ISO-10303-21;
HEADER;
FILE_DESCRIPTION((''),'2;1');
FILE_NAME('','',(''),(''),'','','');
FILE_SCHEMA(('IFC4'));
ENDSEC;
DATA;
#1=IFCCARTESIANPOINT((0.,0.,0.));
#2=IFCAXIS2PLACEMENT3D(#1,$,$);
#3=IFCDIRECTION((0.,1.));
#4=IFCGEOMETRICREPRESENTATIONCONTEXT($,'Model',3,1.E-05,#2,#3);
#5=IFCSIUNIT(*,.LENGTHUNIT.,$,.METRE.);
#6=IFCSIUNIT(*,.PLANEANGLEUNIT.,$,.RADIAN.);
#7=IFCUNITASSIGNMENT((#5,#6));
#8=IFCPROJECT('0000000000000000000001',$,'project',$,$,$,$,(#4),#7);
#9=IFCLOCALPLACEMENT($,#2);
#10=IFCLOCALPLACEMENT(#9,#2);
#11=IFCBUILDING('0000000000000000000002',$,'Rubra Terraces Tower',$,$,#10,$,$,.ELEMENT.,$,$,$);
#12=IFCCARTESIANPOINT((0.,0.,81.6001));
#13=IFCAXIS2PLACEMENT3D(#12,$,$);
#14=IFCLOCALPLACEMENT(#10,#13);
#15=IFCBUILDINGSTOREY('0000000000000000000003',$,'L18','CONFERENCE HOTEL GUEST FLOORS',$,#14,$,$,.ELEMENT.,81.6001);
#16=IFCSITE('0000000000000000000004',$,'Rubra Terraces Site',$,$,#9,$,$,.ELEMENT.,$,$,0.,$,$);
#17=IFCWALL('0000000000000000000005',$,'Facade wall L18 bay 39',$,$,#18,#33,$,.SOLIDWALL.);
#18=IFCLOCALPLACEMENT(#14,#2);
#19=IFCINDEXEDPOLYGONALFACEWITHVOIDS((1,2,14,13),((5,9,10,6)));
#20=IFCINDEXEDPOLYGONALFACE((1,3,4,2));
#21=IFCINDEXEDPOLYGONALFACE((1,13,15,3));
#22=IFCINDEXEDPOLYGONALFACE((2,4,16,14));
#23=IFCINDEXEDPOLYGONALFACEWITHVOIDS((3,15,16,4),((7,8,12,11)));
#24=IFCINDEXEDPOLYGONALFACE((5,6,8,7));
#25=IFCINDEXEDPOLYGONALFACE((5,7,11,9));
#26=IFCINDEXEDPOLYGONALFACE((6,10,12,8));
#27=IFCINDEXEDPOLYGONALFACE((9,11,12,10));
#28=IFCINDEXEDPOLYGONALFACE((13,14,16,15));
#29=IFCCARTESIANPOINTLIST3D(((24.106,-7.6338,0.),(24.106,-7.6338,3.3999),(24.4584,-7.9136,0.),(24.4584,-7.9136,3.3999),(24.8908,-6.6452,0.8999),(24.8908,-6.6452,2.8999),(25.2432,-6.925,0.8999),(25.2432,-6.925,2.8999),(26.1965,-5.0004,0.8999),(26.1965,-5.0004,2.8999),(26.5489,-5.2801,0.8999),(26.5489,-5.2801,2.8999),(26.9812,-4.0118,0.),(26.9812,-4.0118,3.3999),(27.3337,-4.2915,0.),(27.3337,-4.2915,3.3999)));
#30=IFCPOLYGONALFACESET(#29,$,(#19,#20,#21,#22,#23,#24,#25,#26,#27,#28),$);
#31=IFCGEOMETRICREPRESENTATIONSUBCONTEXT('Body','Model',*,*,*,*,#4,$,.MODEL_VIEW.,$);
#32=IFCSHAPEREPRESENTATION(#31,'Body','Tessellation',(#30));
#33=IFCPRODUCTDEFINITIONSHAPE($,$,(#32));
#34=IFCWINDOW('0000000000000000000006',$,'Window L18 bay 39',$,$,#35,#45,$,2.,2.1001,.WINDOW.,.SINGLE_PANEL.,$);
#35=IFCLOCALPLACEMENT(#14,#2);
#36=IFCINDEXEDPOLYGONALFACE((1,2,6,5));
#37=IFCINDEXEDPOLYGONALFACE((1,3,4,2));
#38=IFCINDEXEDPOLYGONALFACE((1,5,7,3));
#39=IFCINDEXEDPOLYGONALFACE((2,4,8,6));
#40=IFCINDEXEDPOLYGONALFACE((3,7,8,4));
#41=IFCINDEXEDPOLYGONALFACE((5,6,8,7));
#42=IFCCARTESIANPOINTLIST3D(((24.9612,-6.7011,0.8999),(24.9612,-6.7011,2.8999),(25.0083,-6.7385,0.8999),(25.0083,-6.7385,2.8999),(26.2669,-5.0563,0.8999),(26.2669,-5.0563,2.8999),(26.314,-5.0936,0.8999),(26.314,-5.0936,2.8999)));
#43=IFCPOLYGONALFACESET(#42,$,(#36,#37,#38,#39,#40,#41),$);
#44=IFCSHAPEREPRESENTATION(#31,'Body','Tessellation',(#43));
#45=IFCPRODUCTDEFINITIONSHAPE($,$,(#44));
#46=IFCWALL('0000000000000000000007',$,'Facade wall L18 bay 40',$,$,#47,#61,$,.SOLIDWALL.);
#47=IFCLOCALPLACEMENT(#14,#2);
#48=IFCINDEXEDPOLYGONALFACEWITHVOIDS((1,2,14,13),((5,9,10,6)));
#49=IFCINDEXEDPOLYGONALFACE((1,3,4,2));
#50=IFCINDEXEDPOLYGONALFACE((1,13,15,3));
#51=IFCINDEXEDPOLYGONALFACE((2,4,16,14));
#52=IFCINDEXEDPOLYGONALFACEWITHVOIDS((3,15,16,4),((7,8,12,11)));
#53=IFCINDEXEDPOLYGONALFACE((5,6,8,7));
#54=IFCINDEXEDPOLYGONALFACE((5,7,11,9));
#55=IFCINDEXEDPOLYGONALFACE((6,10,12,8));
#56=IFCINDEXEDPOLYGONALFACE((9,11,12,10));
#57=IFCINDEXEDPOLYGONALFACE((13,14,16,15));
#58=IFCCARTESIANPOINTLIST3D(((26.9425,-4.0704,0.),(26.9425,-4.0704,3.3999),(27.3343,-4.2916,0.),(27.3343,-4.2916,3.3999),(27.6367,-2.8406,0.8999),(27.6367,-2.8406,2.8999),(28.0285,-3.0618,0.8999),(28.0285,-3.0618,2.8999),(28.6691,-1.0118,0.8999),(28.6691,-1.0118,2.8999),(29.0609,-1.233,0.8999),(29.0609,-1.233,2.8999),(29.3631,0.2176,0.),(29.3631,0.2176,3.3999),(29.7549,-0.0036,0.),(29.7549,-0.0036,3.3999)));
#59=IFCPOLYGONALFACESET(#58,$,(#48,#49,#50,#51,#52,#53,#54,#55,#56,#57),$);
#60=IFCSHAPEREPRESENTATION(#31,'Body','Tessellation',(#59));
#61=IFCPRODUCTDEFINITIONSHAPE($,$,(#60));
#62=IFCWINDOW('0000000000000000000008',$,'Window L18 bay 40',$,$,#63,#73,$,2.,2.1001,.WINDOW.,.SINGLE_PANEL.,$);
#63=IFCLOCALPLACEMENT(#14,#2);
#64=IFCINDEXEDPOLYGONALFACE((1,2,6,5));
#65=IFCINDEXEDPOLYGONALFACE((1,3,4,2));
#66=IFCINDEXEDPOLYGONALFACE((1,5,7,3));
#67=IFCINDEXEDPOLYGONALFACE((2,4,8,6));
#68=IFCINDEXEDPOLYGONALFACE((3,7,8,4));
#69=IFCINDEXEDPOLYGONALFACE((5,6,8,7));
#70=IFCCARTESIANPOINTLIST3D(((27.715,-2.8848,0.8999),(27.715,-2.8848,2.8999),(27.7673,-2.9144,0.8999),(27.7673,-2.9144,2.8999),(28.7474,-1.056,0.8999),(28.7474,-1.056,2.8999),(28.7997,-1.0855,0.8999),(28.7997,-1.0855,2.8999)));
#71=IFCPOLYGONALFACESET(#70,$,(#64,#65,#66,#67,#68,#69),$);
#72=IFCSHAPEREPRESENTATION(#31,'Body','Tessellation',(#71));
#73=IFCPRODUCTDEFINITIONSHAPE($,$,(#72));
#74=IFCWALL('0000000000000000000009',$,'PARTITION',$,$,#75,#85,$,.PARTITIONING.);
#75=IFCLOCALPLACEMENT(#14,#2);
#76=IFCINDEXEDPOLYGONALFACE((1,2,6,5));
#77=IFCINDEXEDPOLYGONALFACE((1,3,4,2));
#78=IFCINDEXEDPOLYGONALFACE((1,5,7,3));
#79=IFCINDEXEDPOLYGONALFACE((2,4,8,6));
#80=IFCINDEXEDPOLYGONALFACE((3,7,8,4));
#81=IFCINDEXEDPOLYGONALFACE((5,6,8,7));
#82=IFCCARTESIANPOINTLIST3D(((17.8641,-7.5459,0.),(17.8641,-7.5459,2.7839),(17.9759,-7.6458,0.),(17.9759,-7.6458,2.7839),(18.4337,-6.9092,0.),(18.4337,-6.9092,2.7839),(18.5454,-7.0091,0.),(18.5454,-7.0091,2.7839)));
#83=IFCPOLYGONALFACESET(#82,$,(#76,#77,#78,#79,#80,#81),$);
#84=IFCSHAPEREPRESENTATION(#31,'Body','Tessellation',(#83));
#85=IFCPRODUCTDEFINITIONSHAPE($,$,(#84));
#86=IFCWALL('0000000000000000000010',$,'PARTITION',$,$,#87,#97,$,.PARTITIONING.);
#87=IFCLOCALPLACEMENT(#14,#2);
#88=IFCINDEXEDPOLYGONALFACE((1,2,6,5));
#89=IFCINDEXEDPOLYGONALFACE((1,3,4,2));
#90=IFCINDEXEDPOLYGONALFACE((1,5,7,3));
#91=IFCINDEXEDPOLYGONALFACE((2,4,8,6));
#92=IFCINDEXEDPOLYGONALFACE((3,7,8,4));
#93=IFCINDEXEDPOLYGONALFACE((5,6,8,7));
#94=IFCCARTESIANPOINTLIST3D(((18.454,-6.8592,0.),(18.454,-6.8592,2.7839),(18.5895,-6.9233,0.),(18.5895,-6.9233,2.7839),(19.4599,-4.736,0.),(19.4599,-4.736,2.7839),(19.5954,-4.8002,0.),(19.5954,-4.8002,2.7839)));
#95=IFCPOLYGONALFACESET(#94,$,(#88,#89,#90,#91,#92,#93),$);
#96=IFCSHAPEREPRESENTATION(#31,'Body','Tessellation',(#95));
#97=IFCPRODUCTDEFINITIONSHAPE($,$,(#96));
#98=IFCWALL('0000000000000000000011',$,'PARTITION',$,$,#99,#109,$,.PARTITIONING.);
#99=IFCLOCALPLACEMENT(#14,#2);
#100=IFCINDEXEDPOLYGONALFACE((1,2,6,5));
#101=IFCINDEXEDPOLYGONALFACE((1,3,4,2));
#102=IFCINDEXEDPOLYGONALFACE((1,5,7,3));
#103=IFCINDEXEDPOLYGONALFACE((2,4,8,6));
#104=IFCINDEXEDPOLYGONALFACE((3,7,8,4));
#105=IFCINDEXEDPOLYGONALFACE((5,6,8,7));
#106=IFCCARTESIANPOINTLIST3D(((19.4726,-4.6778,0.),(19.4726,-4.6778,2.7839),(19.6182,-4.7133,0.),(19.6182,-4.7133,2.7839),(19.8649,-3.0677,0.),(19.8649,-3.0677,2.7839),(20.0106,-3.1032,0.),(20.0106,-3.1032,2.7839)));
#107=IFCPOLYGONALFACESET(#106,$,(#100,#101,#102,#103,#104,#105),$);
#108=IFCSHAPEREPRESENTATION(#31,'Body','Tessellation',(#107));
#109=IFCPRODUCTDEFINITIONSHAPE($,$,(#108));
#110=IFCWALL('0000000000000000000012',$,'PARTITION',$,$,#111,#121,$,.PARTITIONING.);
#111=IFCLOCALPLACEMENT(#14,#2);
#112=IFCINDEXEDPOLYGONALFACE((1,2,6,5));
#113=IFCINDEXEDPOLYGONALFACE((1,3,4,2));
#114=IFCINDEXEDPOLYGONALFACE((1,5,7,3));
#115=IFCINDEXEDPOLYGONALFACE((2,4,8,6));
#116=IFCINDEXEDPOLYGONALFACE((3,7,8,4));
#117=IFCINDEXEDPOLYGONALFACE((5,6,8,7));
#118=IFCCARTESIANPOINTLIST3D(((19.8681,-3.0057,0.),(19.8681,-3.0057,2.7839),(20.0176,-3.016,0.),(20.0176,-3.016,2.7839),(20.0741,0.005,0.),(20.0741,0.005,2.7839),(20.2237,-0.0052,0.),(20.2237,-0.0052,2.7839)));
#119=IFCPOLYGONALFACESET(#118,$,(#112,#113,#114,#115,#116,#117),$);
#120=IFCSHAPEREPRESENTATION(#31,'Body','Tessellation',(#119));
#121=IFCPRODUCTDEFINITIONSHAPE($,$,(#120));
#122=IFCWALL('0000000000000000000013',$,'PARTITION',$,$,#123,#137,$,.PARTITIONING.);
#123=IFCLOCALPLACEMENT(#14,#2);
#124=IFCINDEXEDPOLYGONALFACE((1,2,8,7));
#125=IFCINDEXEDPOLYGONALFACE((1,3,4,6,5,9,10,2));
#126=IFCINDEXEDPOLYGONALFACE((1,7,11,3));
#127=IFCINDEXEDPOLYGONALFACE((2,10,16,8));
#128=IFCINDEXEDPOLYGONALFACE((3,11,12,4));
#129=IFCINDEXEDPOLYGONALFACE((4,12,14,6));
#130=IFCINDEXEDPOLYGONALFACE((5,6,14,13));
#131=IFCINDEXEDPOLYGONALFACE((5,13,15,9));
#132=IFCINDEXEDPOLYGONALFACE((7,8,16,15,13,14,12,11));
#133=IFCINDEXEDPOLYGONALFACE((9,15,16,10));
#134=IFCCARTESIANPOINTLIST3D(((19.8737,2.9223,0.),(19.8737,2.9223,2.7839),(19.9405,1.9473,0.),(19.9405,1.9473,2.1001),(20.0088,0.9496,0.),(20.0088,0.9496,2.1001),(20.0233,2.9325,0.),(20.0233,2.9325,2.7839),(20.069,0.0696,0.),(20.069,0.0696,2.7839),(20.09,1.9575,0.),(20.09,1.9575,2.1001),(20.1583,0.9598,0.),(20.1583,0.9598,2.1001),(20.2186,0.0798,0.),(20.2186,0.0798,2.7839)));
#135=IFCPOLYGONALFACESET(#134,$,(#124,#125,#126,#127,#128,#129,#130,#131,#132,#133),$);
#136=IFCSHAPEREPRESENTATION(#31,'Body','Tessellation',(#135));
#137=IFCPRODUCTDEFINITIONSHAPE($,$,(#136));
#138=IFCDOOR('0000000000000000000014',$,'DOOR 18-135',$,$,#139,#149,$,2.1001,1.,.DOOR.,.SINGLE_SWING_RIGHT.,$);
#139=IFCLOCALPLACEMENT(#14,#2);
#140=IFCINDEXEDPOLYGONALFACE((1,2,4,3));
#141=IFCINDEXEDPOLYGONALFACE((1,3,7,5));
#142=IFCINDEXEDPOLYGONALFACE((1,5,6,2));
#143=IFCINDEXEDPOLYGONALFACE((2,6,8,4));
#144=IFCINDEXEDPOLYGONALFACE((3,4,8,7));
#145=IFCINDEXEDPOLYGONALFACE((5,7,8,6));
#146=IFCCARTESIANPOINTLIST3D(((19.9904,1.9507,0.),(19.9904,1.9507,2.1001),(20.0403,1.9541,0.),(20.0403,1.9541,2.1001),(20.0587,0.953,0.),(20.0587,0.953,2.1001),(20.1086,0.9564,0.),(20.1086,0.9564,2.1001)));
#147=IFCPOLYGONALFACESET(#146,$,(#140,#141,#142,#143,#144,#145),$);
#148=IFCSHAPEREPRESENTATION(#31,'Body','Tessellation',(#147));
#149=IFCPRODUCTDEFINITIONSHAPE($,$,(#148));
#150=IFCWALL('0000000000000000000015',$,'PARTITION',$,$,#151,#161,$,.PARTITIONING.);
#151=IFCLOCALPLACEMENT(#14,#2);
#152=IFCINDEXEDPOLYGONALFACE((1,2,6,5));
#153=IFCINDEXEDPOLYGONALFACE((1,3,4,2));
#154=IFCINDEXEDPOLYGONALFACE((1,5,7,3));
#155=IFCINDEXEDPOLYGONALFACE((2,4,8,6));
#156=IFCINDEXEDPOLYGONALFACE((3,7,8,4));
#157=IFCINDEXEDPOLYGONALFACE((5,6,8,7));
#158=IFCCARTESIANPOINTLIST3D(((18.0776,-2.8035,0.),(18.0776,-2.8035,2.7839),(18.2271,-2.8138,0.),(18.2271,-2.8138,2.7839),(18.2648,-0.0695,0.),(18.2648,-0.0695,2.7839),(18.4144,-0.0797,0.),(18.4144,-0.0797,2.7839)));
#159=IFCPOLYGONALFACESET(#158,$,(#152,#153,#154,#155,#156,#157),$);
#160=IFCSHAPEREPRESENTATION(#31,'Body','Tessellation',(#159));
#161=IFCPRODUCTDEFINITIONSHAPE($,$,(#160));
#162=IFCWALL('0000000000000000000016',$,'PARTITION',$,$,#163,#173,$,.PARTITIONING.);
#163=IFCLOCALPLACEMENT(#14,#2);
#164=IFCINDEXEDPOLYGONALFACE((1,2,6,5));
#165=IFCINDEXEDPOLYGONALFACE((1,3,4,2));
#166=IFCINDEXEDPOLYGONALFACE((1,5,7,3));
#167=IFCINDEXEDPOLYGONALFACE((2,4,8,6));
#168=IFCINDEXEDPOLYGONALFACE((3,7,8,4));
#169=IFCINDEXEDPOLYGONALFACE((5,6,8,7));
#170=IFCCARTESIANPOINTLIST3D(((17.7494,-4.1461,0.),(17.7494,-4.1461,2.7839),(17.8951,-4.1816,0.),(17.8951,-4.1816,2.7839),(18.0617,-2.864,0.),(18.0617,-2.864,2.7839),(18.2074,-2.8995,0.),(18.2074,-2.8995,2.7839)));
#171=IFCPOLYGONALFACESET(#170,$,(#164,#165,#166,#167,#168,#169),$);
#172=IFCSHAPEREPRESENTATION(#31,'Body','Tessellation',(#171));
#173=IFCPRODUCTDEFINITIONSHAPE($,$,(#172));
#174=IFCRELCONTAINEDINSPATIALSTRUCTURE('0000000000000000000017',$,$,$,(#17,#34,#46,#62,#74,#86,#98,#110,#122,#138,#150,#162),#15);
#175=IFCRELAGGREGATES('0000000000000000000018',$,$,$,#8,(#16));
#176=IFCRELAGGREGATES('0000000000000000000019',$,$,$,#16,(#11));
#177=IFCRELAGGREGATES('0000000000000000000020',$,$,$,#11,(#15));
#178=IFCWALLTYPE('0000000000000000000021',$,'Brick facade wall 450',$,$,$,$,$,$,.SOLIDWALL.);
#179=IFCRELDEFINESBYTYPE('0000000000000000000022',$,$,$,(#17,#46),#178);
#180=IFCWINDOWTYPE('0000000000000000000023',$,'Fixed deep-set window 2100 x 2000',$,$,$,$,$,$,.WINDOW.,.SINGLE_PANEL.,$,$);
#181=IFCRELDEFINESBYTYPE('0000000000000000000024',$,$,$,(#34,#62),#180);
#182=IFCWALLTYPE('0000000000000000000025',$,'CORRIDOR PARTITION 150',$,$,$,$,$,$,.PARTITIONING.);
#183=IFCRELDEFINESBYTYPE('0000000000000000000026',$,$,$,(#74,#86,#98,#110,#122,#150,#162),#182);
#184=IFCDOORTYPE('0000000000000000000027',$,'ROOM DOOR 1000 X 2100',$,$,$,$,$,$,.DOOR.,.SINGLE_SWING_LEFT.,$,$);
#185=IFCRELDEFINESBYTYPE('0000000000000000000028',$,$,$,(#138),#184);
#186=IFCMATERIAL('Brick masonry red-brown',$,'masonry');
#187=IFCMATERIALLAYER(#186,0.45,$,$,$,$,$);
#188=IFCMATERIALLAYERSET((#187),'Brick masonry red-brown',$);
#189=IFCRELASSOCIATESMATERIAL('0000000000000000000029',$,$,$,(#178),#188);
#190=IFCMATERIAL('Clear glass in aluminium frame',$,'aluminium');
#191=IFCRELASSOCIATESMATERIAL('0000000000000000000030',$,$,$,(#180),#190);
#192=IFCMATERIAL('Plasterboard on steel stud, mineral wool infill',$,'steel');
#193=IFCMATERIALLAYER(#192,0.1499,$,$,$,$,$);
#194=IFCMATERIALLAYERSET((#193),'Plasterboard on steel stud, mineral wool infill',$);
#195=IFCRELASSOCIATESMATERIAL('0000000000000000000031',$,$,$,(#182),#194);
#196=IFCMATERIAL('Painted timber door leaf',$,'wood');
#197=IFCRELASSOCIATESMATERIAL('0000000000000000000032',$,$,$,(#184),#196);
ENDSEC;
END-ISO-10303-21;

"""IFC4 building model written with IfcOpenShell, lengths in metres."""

from ifc_helpers import new_model, si_unit, direction, frame, frame_2d, origin, place, context, subcontext, project, spatial, rectangle, extrude, material, layer, layer_set, type_object, element, fill, save


model = new_model("IFC4")

# Units and contexts
model_context = context("Model", 3, precision=1e-05, world=origin(), true_north=direction((0.0, 1.0)))
body_context = subcontext(model_context, "Body", "Model", "MODEL_VIEW")
ifc_project = project(units=[si_unit("LENGTHUNIT", "METRE"), si_unit("PLANEANGLEUNIT", "RADIAN")], contexts=[model_context])

# Site, building, storey
site_placement = place(None, origin())
site = spatial("IfcSite", under=ifc_project, at=site_placement, Name="Rubra Terraces Site", CompositionType="ELEMENT", RefElevation=0.0)
building_placement = place(site_placement, origin())
building = spatial("IfcBuilding", under=site, at=building_placement, Name="Rubra Terraces Tower", CompositionType="ELEMENT")
storey_placement = place(building_placement, frame((0.0, 0.0, 81.6001)))
storey = spatial("IfcBuildingStorey", under=building, at=storey_placement, Name="L18", Description="CONFERENCE HOTEL GUEST FLOORS", CompositionType="ELEMENT", Elevation=81.6001)

# Walls, openings, windows
ifc_material_1 = material(Name="Brick masonry red-brown", Category="masonry")
ifc_layer_1 = layer(ifc_material_1, 0.45)
ifc_layer_set_1 = layer_set([ifc_layer_1], Name="Brick masonry red-brown")
wall_type_1 = type_object("IfcWallType", Name="Brick facade wall 450", PredefinedType="SOLIDWALL", material=ifc_layer_set_1)
ifc_material_2 = material(Name="Clear glass in aluminium frame", Category="aluminium")
window_type = type_object("IfcWindowType", Name="Fixed deep-set window 2100 x 2000", PartitioningType="SINGLE_PANEL", PredefinedType="WINDOW", material=ifc_material_2)
wall_1_placement = place(storey_placement, frame((24.2822, -7.7737, 0.0), z_axis=(0.0, 0.0, 1.0), x_axis=(0.621735, 0.783227, 0.0)))
wall_1 = element("IfcWall", 1, at=wall_1_placement, inside=storey, type_object=wall_type_1, Name="Facade wall L18 bay 39", PredefinedType="SOLIDWALL", context=body_context, shape_type="SweptSolid", body=[
    extrude(rectangle(XDim=4.6245, YDim=0.45, at=frame_2d((2.3123, 0.0))), origin(), (0.0, 0.0, 1.0), 3.3999),
])
opening_1_placement = place(wall_1_placement, frame((1.2622, 0.0, 0.8999)))
opening_1 = element("IfcOpeningElement", 2, at=opening_1_placement, cuts=wall_1, PredefinedType="OPENING", context=body_context, shape_type="SweptSolid", body=[
    extrude(rectangle(XDim=2.1001, YDim=2.0, at=frame_2d((1.05, 1.0))), frame((0.0, 0.2349, 0.0), z_axis=(0.0, -1.0, 0.0), x_axis=(1.0, 0.0, 0.0)), (0.0, 0.0, 1.0), 0.47),
])
window_1_placement = place(opening_1_placement, origin())
window_1 = element("IfcWindow", 3, at=window_1_placement, inside=storey, type_object=window_type, Name="Window L18 bay 39", OverallHeight=2.0, OverallWidth=2.1001, PartitioningType="SINGLE_PANEL", PredefinedType="WINDOW", context=body_context, shape_type="SweptSolid", body=[
    extrude(rectangle(XDim=2.1001, YDim=2.0, at=frame_2d((1.05, 1.0))), frame((0.0, 0.135, 0.0), z_axis=(0.0, -1.0, 0.0), x_axis=(1.0, 0.0, 0.0)), (0.0, 0.0, 1.0), 0.0601),
])
fill(opening_1, window_1)
wall_2_placement = place(storey_placement, frame((27.1384, -4.1809, 0.0), z_axis=(0.0, 0.0, 1.0), x_axis=(0.491588, 0.870828, 0.0)))
wall_2 = element("IfcWall", 4, at=wall_2_placement, inside=storey, type_object=wall_type_1, Name="Facade wall L18 bay 40", PredefinedType="SOLIDWALL", context=body_context, shape_type="SweptSolid", body=[
    extrude(rectangle(XDim=4.9241, YDim=0.45, at=frame_2d((2.4619, 0.0))), origin(), (0.0, 0.0, 1.0), 3.3999),
])
opening_2_placement = place(wall_2_placement, frame((1.4121, 0.0, 0.8999)))
opening_2 = element("IfcOpeningElement", 5, at=opening_2_placement, cuts=wall_2, PredefinedType="OPENING", context=body_context, shape_type="SweptSolid", body=[
    extrude(rectangle(XDim=2.1001, YDim=2.0, at=frame_2d((1.05, 1.0))), frame((0.0, 0.2349, 0.0), z_axis=(0.0, -1.0, 0.0), x_axis=(1.0, 0.0, 0.0)), (0.0, 0.0, 1.0), 0.47),
])
window_2_placement = place(opening_2_placement, origin())
window_2 = element("IfcWindow", 6, at=window_2_placement, inside=storey, type_object=window_type, Name="Window L18 bay 40", OverallHeight=2.0, OverallWidth=2.1001, PartitioningType="SINGLE_PANEL", PredefinedType="WINDOW", context=body_context, shape_type="SweptSolid", body=[
    extrude(rectangle(XDim=2.1001, YDim=2.0, at=frame_2d((1.05, 1.0))), frame((0.0, 0.135, 0.0), z_axis=(0.0, -1.0, 0.0), x_axis=(1.0, 0.0, 0.0)), (0.0, 0.0, 1.0), 0.0601),
])
fill(opening_2, window_2)

# Walls
ifc_material_3 = material(Name="Plasterboard on steel stud, mineral wool infill", Category="steel")
ifc_layer_2 = layer(ifc_material_3, 0.1499)
ifc_layer_set_2 = layer_set([ifc_layer_2], Name="Plasterboard on steel stud, mineral wool infill")
wall_type_2 = type_object("IfcWallType", Name="CORRIDOR PARTITION 150", PredefinedType="PARTITIONING", material=ifc_layer_set_2)
wall_3_placement = place(storey_placement, frame((17.9199, -7.5959, 0.0), z_axis=(0.0, 0.0, 1.0), x_axis=(0.66672, 0.745309, 0.0)))
element("IfcWall", 7, at=wall_3_placement, inside=storey, type_object=wall_type_2, Name="PARTITION", PredefinedType="PARTITIONING", context=body_context, shape_type="SweptSolid", body=[
    extrude(rectangle(XDim=0.8542, YDim=0.1499, at=frame_2d((0.4272, 0.0))), origin(), (0.0, 0.0, 1.0), 2.7839),
])
wall_4_placement = place(storey_placement, frame((18.5217, -6.8914, 0.0), z_axis=(0.0, 0.0, 1.0), x_axis=(0.428158, 0.903704, 0.0)))
element("IfcWall", 8, at=wall_4_placement, inside=storey, type_object=wall_type_2, Name="PARTITION", PredefinedType="PARTITIONING", context=body_context, shape_type="SweptSolid", body=[
    extrude(rectangle(XDim=2.3494, YDim=0.1499, at=frame_2d((1.1748, 0.0))), origin(), (0.0, 0.0, 1.0), 2.7839),
])
wall_5_placement = place(storey_placement, frame((19.5454, -4.6956, 0.0), z_axis=(0.0, 0.0, 1.0), x_axis=(0.236743, 0.971572, 0.0)))
element("IfcWall", 9, at=wall_5_placement, inside=storey, type_object=wall_type_2, Name="PARTITION", PredefinedType="PARTITIONING", context=body_context, shape_type="SweptSolid", body=[
    extrude(rectangle(XDim=1.6572, YDim=0.1499, at=frame_2d((0.8286, 0.0))), origin(), (0.0, 0.0, 1.0), 2.7839),
])
wall_6_placement = place(storey_placement, frame((19.9429, -3.0107, 0.0), z_axis=(0.0, 0.0, 1.0), x_axis=(0.06828, 0.997666, 0.0)))
element("IfcWall", 10, at=wall_6_placement, inside=storey, type_object=wall_type_2, Name="PARTITION", PredefinedType="PARTITIONING", context=body_context, shape_type="SweptSolid", body=[
    extrude(rectangle(XDim=3.0178, YDim=0.1499, at=frame_2d((1.5088, 0.0))), origin(), (0.0, 0.0, 1.0), 2.7839),
])

# Wall, opening, door
wall_7_placement = place(storey_placement, frame((20.1438, 0.0747, 0.0), z_axis=(0.0, 0.0, 1.0), x_axis=(-0.068304, 0.997665, 0.0)))
wall_7 = element("IfcWall", 11, at=wall_7_placement, inside=storey, type_object=wall_type_2, Name="PARTITION", PredefinedType="PARTITIONING", context=body_context, shape_type="SweptSolid", body=[
    extrude(rectangle(XDim=2.8594, YDim=0.1499, at=frame_2d((1.4297, 0.0))), origin(), (0.0, 0.0, 1.0), 2.7839),
])
opening_3_placement = place(wall_7_placement, frame((0.8821, 0.0, 0.0)))
opening_3 = element("IfcOpeningElement", 12, at=opening_3_placement, cuts=wall_7, PredefinedType="OPENING", context=body_context, shape_type="SweptSolid", body=[
    extrude(rectangle(XDim=1.0, YDim=2.1001, at=frame_2d((0.5, 1.05))), frame((0.0, 0.085, 0.0), z_axis=(0.0, -1.0, 0.0), x_axis=(1.0, 0.0, 0.0)), (0.0, 0.0, 1.0), 0.1699),
])
ifc_material_4 = material(Name="Painted timber door leaf", Category="wood")
door_type_1 = type_object("IfcDoorType", Name="ROOM DOOR 1000 X 2100", OperationType="SINGLE_SWING_LEFT", PredefinedType="DOOR", material=ifc_material_4)
door_1_placement = place(opening_3_placement, origin())
door_1 = element("IfcDoor", 13, at=door_1_placement, inside=storey, type_object=door_type_1, Name="DOOR 18-135", OperationType="SINGLE_SWING_RIGHT", OverallHeight=2.1001, OverallWidth=1.0, PredefinedType="DOOR", context=body_context, shape_type="SweptSolid", body=[
    extrude(rectangle(XDim=1.0, YDim=2.1001, at=frame_2d((0.5, 1.05))), frame((0.0, 0.0249, 0.0), z_axis=(0.0, -1.0, 0.0), x_axis=(1.0, 0.0, 0.0)), (0.0, 0.0, 1.0), 0.05),
])
fill(opening_3, door_1)

# Walls
wall_8_placement = place(storey_placement, frame((18.3396, -0.0747, 0.0), z_axis=(0.0, 0.0, 1.0), x_axis=(-0.068328, -0.997663, 0.0)))
element("IfcWall", 14, at=wall_8_placement, inside=storey, type_object=wall_type_2, Name="PARTITION", PredefinedType="PARTITIONING", context=body_context, shape_type="SweptSolid", body=[
    extrude(rectangle(XDim=2.7405, YDim=0.1499, at=frame_2d((1.3701, 0.0))), origin(), (0.0, 0.0, 1.0), 2.7839),
])
wall_9_placement = place(storey_placement, frame((18.1345, -2.8818, 0.0), z_axis=(0.0, 0.0, 1.0), x_axis=(-0.236654, -0.971594, 0.0)))
element("IfcWall", 15, at=wall_9_placement, inside=storey, type_object=wall_type_2, Name="PARTITION", PredefinedType="PARTITIONING", context=body_context, shape_type="SweptSolid", body=[
    extrude(rectangle(XDim=1.3196, YDim=0.1499, at=frame_2d((0.6597, 0.0))), origin(), (0.0, 0.0, 1.0), 2.7839),
])

save(model, "model.ifc")
